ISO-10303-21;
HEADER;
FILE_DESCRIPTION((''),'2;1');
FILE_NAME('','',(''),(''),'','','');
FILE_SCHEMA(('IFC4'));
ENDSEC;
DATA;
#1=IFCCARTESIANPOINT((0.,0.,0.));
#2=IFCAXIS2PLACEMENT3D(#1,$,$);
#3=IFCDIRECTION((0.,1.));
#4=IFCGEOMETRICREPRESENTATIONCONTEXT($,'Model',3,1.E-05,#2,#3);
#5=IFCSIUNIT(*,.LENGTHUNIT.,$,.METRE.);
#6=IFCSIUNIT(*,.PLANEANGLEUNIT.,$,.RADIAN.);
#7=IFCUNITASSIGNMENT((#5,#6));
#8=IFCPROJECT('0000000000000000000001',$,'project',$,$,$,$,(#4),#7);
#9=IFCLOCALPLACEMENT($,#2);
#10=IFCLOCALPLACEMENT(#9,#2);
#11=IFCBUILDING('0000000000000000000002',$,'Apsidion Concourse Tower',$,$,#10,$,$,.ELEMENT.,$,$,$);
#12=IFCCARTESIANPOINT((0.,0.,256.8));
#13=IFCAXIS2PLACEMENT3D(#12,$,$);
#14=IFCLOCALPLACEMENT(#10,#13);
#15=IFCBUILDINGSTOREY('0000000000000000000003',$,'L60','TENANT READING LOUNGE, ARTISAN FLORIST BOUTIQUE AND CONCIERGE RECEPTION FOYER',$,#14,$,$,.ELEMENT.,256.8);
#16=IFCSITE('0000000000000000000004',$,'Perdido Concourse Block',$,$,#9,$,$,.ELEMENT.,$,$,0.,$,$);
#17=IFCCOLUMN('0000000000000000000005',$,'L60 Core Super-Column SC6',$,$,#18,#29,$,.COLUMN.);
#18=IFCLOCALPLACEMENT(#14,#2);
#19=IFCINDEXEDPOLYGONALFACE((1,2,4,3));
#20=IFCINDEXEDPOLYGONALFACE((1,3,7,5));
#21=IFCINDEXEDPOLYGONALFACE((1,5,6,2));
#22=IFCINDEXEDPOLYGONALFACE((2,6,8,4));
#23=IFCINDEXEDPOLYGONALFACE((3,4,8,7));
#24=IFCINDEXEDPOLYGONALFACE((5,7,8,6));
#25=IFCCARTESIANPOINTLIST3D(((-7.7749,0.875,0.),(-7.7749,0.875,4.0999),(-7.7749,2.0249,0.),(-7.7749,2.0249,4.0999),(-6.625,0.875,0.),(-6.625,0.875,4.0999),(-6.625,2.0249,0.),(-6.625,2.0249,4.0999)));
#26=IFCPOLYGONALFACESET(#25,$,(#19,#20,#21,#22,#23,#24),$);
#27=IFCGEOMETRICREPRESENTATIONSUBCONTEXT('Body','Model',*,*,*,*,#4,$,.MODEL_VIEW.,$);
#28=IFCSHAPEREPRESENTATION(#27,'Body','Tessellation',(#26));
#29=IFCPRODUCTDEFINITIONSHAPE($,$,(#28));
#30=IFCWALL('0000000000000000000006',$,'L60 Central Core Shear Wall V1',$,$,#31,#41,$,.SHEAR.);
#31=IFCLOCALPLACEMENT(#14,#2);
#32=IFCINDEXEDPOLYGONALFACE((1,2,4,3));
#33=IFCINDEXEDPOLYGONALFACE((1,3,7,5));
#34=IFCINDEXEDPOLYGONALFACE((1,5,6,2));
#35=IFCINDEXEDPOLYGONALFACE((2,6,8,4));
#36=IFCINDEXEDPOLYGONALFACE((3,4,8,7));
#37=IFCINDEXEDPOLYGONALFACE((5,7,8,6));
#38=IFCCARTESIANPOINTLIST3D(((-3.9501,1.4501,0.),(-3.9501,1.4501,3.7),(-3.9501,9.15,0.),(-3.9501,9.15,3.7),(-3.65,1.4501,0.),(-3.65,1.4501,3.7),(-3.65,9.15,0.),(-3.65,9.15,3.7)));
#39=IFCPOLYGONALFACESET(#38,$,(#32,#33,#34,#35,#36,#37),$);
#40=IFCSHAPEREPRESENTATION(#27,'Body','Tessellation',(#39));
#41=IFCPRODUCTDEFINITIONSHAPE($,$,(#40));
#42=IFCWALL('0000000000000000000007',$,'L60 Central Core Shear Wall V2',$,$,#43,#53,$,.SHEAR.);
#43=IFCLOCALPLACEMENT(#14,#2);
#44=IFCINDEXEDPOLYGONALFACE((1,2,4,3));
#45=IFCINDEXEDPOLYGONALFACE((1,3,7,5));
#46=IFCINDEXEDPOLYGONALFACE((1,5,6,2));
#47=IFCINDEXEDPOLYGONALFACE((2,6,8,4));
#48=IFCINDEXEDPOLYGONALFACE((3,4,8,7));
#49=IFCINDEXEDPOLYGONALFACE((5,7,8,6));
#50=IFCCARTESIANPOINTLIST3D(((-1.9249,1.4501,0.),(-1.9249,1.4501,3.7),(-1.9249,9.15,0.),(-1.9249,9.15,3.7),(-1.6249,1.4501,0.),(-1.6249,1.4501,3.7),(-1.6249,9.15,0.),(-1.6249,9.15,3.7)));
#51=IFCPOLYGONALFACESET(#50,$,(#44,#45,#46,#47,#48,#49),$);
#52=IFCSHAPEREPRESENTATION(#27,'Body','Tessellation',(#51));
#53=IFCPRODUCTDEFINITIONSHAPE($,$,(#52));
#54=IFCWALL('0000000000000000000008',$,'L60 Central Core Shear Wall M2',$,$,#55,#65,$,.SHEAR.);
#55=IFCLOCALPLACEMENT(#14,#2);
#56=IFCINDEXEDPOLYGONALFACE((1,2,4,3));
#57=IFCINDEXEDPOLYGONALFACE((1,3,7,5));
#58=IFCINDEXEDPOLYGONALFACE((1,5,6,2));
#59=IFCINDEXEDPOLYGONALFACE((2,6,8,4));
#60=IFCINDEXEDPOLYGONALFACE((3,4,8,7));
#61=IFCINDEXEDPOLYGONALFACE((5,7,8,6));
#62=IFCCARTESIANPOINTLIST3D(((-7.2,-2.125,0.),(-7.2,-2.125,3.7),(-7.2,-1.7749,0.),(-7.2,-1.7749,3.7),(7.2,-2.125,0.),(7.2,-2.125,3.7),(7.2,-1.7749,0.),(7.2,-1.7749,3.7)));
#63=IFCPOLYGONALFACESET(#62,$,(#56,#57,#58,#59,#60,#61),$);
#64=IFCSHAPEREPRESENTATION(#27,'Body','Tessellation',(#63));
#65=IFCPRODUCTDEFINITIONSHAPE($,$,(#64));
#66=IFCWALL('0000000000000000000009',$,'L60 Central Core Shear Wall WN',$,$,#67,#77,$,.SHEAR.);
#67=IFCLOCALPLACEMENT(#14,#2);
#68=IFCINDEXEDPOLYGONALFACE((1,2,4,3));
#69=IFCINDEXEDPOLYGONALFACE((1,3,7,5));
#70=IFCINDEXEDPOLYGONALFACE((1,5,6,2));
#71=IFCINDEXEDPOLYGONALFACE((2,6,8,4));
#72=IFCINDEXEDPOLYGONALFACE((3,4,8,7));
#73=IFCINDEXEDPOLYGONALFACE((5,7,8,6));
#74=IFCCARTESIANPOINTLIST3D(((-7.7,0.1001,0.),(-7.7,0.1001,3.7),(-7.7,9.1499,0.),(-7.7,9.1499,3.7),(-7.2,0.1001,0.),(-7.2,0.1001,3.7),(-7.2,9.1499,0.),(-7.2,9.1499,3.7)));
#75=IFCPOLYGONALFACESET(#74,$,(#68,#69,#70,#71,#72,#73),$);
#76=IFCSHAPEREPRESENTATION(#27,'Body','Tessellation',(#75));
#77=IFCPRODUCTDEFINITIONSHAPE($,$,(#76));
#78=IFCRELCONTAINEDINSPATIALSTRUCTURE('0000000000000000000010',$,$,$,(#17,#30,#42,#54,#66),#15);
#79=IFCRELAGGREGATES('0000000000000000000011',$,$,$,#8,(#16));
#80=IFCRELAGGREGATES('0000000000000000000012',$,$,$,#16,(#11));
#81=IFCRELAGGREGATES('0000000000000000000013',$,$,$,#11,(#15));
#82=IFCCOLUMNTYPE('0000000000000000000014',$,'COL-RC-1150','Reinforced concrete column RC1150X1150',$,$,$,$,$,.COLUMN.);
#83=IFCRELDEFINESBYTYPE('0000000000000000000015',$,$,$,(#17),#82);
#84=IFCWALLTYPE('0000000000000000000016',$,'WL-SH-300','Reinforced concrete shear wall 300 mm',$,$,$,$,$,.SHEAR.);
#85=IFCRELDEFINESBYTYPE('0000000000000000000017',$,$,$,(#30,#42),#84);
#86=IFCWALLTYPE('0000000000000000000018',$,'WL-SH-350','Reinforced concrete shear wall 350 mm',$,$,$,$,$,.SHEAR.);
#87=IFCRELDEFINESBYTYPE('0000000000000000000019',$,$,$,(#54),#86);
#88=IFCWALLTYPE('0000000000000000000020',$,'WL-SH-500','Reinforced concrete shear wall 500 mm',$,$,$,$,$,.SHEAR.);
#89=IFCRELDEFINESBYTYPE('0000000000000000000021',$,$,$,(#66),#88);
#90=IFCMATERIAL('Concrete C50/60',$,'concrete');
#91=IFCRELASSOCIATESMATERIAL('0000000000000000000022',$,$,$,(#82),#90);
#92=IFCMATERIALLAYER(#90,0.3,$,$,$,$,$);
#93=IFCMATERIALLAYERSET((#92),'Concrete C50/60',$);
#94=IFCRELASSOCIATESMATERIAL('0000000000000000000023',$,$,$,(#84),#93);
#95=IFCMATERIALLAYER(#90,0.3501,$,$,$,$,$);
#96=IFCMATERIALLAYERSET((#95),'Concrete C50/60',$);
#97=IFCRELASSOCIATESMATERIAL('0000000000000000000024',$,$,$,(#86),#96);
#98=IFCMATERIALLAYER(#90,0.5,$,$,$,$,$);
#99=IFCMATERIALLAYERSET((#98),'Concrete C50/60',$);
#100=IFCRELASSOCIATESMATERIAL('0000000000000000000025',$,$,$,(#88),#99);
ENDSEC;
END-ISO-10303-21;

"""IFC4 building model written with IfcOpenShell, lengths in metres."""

from ifc_helpers import new_model, si_unit, direction, frame, frame_2d, origin, origin_2d, place, context, subcontext, project, spatial, rectangle, extrude, material, layer, layer_set, material_profile, profile_set, type_object, element, save


model = new_model("IFC4")

# Units and contexts
model_context = context("Model", 3, precision=1e-05, world=origin(), true_north=direction((0.0, 1.0)))
body_context = subcontext(model_context, "Body", "Model", "MODEL_VIEW")
ifc_project = project(units=[si_unit("LENGTHUNIT", "METRE"), si_unit("PLANEANGLEUNIT", "RADIAN")], contexts=[model_context])

# Site, building, storey
site_placement = place(None, origin())
site = spatial("IfcSite", under=ifc_project, at=site_placement, Name="Perdido Concourse Block", CompositionType="ELEMENT", RefElevation=0.0)
building_placement = place(site_placement, origin())
building = spatial("IfcBuilding", under=site, at=building_placement, Name="Apsidion Concourse Tower", CompositionType="ELEMENT")
storey_placement = place(building_placement, frame((0.0, 0.0, 256.8)))
storey = spatial("IfcBuildingStorey", under=building, at=storey_placement, Name="L60", Description="TENANT READING LOUNGE, ARTISAN FLORIST BOUTIQUE AND CONCIERGE RECEPTION FOYER", CompositionType="ELEMENT", Elevation=256.8)

# Column
ifc_material_1 = material(Name="Concrete C50/60", Category="concrete")
ifc_material_profile = material_profile(ifc_material_1, rectangle(XDim=1.1499, YDim=1.1499, at=origin_2d()), Name="RC 1150x1150")
ifc_profile_set = profile_set([ifc_material_profile], Name="Concrete C50/60")
column_type = type_object("IfcColumnType", Name="COL-RC-1150", Description="Reinforced concrete column RC1150X1150", PredefinedType="COLUMN", material=ifc_profile_set)
column_placement = place(storey_placement, frame((-7.2, 1.45, 0.0), z_axis=(0.0, 0.0, 1.0), x_axis=(1.0, 0.0, 0.0)))
element("IfcColumn", 1, at=column_placement, inside=storey, type_object=column_type, Name="L60 Core Super-Column SC6", PredefinedType="COLUMN", context=body_context, shape_type="SweptSolid", body=[
    extrude(rectangle(XDim=1.1499, YDim=1.1499, at=origin_2d()), origin(), (0.0, 0.0, 1.0), 4.0999),
])

# Walls
ifc_layer_1 = layer(ifc_material_1, 0.3)
ifc_layer_set_1 = layer_set([ifc_layer_1], Name="Concrete C50/60")
wall_type_1 = type_object("IfcWallType", Name="WL-SH-300", Description="Reinforced concrete shear wall 300 mm", PredefinedType="SHEAR", material=ifc_layer_set_1)
for number, where, z_axis, x_axis, name in (
    (2, (-3.8, 1.45, 0.0), (0.0, 0.0, 1.0), (0.0, 1.0, 0.0), "L60 Central Core Shear Wall V1"),
    (3, (-1.7749, 1.45, 0.0), (0.0, 0.0, 1.0), (0.0, 1.0, 0.0), "L60 Central Core Shear Wall V2"),
):
    element("IfcWall", number, at=place(storey_placement, frame(where, z_axis=z_axis, x_axis=x_axis)), inside=storey, type_object=wall_type_1, Name=name, PredefinedType="SHEAR", context=body_context, shape_type="SweptSolid", body=[
        extrude(rectangle(XDim=7.7, YDim=0.3, at=frame_2d((3.8501, 0.0))), origin(), (0.0, 0.0, 1.0), 3.7),
    ])

# Shared definitions
ifc_layer_2 = layer(ifc_material_1, 0.3501)
ifc_layer_set_2 = layer_set([ifc_layer_2], Name="Concrete C50/60")
wall_type_2 = type_object("IfcWallType", Name="WL-SH-350", Description="Reinforced concrete shear wall 350 mm", PredefinedType="SHEAR", material=ifc_layer_set_2)

# Walls
wall_1_placement = place(storey_placement, frame((-7.2, -1.95, 0.0), z_axis=(0.0, 0.0, 1.0), x_axis=(1.0, 0.0, 0.0)))
element("IfcWall", 4, at=wall_1_placement, inside=storey, type_object=wall_type_2, Name="L60 Central Core Shear Wall M2", PredefinedType="SHEAR", context=body_context, shape_type="SweptSolid", body=[
    extrude(rectangle(XDim=14.3999, YDim=0.3501, at=frame_2d((7.2, 0.0))), origin(), (0.0, 0.0, 1.0), 3.7),
])
ifc_layer_3 = layer(ifc_material_1, 0.5)
ifc_layer_set_3 = layer_set([ifc_layer_3], Name="Concrete C50/60")
wall_type_3 = type_object("IfcWallType", Name="WL-SH-500", Description="Reinforced concrete shear wall 500 mm", PredefinedType="SHEAR", material=ifc_layer_set_3)
wall_2_placement = place(storey_placement, frame((-7.45, 0.1001, 0.0), z_axis=(0.0, 0.0, 1.0), x_axis=(0.0, 1.0, 0.0)))
element("IfcWall", 5, at=wall_2_placement, inside=storey, type_object=wall_type_3, Name="L60 Central Core Shear Wall WN", PredefinedType="SHEAR", context=body_context, shape_type="SweptSolid", body=[
    extrude(rectangle(XDim=9.0498, YDim=0.5, at=frame_2d((4.5249, 0.0))), origin(), (0.0, 0.0, 1.0), 3.7),
])

save(model, "model.ifc")
